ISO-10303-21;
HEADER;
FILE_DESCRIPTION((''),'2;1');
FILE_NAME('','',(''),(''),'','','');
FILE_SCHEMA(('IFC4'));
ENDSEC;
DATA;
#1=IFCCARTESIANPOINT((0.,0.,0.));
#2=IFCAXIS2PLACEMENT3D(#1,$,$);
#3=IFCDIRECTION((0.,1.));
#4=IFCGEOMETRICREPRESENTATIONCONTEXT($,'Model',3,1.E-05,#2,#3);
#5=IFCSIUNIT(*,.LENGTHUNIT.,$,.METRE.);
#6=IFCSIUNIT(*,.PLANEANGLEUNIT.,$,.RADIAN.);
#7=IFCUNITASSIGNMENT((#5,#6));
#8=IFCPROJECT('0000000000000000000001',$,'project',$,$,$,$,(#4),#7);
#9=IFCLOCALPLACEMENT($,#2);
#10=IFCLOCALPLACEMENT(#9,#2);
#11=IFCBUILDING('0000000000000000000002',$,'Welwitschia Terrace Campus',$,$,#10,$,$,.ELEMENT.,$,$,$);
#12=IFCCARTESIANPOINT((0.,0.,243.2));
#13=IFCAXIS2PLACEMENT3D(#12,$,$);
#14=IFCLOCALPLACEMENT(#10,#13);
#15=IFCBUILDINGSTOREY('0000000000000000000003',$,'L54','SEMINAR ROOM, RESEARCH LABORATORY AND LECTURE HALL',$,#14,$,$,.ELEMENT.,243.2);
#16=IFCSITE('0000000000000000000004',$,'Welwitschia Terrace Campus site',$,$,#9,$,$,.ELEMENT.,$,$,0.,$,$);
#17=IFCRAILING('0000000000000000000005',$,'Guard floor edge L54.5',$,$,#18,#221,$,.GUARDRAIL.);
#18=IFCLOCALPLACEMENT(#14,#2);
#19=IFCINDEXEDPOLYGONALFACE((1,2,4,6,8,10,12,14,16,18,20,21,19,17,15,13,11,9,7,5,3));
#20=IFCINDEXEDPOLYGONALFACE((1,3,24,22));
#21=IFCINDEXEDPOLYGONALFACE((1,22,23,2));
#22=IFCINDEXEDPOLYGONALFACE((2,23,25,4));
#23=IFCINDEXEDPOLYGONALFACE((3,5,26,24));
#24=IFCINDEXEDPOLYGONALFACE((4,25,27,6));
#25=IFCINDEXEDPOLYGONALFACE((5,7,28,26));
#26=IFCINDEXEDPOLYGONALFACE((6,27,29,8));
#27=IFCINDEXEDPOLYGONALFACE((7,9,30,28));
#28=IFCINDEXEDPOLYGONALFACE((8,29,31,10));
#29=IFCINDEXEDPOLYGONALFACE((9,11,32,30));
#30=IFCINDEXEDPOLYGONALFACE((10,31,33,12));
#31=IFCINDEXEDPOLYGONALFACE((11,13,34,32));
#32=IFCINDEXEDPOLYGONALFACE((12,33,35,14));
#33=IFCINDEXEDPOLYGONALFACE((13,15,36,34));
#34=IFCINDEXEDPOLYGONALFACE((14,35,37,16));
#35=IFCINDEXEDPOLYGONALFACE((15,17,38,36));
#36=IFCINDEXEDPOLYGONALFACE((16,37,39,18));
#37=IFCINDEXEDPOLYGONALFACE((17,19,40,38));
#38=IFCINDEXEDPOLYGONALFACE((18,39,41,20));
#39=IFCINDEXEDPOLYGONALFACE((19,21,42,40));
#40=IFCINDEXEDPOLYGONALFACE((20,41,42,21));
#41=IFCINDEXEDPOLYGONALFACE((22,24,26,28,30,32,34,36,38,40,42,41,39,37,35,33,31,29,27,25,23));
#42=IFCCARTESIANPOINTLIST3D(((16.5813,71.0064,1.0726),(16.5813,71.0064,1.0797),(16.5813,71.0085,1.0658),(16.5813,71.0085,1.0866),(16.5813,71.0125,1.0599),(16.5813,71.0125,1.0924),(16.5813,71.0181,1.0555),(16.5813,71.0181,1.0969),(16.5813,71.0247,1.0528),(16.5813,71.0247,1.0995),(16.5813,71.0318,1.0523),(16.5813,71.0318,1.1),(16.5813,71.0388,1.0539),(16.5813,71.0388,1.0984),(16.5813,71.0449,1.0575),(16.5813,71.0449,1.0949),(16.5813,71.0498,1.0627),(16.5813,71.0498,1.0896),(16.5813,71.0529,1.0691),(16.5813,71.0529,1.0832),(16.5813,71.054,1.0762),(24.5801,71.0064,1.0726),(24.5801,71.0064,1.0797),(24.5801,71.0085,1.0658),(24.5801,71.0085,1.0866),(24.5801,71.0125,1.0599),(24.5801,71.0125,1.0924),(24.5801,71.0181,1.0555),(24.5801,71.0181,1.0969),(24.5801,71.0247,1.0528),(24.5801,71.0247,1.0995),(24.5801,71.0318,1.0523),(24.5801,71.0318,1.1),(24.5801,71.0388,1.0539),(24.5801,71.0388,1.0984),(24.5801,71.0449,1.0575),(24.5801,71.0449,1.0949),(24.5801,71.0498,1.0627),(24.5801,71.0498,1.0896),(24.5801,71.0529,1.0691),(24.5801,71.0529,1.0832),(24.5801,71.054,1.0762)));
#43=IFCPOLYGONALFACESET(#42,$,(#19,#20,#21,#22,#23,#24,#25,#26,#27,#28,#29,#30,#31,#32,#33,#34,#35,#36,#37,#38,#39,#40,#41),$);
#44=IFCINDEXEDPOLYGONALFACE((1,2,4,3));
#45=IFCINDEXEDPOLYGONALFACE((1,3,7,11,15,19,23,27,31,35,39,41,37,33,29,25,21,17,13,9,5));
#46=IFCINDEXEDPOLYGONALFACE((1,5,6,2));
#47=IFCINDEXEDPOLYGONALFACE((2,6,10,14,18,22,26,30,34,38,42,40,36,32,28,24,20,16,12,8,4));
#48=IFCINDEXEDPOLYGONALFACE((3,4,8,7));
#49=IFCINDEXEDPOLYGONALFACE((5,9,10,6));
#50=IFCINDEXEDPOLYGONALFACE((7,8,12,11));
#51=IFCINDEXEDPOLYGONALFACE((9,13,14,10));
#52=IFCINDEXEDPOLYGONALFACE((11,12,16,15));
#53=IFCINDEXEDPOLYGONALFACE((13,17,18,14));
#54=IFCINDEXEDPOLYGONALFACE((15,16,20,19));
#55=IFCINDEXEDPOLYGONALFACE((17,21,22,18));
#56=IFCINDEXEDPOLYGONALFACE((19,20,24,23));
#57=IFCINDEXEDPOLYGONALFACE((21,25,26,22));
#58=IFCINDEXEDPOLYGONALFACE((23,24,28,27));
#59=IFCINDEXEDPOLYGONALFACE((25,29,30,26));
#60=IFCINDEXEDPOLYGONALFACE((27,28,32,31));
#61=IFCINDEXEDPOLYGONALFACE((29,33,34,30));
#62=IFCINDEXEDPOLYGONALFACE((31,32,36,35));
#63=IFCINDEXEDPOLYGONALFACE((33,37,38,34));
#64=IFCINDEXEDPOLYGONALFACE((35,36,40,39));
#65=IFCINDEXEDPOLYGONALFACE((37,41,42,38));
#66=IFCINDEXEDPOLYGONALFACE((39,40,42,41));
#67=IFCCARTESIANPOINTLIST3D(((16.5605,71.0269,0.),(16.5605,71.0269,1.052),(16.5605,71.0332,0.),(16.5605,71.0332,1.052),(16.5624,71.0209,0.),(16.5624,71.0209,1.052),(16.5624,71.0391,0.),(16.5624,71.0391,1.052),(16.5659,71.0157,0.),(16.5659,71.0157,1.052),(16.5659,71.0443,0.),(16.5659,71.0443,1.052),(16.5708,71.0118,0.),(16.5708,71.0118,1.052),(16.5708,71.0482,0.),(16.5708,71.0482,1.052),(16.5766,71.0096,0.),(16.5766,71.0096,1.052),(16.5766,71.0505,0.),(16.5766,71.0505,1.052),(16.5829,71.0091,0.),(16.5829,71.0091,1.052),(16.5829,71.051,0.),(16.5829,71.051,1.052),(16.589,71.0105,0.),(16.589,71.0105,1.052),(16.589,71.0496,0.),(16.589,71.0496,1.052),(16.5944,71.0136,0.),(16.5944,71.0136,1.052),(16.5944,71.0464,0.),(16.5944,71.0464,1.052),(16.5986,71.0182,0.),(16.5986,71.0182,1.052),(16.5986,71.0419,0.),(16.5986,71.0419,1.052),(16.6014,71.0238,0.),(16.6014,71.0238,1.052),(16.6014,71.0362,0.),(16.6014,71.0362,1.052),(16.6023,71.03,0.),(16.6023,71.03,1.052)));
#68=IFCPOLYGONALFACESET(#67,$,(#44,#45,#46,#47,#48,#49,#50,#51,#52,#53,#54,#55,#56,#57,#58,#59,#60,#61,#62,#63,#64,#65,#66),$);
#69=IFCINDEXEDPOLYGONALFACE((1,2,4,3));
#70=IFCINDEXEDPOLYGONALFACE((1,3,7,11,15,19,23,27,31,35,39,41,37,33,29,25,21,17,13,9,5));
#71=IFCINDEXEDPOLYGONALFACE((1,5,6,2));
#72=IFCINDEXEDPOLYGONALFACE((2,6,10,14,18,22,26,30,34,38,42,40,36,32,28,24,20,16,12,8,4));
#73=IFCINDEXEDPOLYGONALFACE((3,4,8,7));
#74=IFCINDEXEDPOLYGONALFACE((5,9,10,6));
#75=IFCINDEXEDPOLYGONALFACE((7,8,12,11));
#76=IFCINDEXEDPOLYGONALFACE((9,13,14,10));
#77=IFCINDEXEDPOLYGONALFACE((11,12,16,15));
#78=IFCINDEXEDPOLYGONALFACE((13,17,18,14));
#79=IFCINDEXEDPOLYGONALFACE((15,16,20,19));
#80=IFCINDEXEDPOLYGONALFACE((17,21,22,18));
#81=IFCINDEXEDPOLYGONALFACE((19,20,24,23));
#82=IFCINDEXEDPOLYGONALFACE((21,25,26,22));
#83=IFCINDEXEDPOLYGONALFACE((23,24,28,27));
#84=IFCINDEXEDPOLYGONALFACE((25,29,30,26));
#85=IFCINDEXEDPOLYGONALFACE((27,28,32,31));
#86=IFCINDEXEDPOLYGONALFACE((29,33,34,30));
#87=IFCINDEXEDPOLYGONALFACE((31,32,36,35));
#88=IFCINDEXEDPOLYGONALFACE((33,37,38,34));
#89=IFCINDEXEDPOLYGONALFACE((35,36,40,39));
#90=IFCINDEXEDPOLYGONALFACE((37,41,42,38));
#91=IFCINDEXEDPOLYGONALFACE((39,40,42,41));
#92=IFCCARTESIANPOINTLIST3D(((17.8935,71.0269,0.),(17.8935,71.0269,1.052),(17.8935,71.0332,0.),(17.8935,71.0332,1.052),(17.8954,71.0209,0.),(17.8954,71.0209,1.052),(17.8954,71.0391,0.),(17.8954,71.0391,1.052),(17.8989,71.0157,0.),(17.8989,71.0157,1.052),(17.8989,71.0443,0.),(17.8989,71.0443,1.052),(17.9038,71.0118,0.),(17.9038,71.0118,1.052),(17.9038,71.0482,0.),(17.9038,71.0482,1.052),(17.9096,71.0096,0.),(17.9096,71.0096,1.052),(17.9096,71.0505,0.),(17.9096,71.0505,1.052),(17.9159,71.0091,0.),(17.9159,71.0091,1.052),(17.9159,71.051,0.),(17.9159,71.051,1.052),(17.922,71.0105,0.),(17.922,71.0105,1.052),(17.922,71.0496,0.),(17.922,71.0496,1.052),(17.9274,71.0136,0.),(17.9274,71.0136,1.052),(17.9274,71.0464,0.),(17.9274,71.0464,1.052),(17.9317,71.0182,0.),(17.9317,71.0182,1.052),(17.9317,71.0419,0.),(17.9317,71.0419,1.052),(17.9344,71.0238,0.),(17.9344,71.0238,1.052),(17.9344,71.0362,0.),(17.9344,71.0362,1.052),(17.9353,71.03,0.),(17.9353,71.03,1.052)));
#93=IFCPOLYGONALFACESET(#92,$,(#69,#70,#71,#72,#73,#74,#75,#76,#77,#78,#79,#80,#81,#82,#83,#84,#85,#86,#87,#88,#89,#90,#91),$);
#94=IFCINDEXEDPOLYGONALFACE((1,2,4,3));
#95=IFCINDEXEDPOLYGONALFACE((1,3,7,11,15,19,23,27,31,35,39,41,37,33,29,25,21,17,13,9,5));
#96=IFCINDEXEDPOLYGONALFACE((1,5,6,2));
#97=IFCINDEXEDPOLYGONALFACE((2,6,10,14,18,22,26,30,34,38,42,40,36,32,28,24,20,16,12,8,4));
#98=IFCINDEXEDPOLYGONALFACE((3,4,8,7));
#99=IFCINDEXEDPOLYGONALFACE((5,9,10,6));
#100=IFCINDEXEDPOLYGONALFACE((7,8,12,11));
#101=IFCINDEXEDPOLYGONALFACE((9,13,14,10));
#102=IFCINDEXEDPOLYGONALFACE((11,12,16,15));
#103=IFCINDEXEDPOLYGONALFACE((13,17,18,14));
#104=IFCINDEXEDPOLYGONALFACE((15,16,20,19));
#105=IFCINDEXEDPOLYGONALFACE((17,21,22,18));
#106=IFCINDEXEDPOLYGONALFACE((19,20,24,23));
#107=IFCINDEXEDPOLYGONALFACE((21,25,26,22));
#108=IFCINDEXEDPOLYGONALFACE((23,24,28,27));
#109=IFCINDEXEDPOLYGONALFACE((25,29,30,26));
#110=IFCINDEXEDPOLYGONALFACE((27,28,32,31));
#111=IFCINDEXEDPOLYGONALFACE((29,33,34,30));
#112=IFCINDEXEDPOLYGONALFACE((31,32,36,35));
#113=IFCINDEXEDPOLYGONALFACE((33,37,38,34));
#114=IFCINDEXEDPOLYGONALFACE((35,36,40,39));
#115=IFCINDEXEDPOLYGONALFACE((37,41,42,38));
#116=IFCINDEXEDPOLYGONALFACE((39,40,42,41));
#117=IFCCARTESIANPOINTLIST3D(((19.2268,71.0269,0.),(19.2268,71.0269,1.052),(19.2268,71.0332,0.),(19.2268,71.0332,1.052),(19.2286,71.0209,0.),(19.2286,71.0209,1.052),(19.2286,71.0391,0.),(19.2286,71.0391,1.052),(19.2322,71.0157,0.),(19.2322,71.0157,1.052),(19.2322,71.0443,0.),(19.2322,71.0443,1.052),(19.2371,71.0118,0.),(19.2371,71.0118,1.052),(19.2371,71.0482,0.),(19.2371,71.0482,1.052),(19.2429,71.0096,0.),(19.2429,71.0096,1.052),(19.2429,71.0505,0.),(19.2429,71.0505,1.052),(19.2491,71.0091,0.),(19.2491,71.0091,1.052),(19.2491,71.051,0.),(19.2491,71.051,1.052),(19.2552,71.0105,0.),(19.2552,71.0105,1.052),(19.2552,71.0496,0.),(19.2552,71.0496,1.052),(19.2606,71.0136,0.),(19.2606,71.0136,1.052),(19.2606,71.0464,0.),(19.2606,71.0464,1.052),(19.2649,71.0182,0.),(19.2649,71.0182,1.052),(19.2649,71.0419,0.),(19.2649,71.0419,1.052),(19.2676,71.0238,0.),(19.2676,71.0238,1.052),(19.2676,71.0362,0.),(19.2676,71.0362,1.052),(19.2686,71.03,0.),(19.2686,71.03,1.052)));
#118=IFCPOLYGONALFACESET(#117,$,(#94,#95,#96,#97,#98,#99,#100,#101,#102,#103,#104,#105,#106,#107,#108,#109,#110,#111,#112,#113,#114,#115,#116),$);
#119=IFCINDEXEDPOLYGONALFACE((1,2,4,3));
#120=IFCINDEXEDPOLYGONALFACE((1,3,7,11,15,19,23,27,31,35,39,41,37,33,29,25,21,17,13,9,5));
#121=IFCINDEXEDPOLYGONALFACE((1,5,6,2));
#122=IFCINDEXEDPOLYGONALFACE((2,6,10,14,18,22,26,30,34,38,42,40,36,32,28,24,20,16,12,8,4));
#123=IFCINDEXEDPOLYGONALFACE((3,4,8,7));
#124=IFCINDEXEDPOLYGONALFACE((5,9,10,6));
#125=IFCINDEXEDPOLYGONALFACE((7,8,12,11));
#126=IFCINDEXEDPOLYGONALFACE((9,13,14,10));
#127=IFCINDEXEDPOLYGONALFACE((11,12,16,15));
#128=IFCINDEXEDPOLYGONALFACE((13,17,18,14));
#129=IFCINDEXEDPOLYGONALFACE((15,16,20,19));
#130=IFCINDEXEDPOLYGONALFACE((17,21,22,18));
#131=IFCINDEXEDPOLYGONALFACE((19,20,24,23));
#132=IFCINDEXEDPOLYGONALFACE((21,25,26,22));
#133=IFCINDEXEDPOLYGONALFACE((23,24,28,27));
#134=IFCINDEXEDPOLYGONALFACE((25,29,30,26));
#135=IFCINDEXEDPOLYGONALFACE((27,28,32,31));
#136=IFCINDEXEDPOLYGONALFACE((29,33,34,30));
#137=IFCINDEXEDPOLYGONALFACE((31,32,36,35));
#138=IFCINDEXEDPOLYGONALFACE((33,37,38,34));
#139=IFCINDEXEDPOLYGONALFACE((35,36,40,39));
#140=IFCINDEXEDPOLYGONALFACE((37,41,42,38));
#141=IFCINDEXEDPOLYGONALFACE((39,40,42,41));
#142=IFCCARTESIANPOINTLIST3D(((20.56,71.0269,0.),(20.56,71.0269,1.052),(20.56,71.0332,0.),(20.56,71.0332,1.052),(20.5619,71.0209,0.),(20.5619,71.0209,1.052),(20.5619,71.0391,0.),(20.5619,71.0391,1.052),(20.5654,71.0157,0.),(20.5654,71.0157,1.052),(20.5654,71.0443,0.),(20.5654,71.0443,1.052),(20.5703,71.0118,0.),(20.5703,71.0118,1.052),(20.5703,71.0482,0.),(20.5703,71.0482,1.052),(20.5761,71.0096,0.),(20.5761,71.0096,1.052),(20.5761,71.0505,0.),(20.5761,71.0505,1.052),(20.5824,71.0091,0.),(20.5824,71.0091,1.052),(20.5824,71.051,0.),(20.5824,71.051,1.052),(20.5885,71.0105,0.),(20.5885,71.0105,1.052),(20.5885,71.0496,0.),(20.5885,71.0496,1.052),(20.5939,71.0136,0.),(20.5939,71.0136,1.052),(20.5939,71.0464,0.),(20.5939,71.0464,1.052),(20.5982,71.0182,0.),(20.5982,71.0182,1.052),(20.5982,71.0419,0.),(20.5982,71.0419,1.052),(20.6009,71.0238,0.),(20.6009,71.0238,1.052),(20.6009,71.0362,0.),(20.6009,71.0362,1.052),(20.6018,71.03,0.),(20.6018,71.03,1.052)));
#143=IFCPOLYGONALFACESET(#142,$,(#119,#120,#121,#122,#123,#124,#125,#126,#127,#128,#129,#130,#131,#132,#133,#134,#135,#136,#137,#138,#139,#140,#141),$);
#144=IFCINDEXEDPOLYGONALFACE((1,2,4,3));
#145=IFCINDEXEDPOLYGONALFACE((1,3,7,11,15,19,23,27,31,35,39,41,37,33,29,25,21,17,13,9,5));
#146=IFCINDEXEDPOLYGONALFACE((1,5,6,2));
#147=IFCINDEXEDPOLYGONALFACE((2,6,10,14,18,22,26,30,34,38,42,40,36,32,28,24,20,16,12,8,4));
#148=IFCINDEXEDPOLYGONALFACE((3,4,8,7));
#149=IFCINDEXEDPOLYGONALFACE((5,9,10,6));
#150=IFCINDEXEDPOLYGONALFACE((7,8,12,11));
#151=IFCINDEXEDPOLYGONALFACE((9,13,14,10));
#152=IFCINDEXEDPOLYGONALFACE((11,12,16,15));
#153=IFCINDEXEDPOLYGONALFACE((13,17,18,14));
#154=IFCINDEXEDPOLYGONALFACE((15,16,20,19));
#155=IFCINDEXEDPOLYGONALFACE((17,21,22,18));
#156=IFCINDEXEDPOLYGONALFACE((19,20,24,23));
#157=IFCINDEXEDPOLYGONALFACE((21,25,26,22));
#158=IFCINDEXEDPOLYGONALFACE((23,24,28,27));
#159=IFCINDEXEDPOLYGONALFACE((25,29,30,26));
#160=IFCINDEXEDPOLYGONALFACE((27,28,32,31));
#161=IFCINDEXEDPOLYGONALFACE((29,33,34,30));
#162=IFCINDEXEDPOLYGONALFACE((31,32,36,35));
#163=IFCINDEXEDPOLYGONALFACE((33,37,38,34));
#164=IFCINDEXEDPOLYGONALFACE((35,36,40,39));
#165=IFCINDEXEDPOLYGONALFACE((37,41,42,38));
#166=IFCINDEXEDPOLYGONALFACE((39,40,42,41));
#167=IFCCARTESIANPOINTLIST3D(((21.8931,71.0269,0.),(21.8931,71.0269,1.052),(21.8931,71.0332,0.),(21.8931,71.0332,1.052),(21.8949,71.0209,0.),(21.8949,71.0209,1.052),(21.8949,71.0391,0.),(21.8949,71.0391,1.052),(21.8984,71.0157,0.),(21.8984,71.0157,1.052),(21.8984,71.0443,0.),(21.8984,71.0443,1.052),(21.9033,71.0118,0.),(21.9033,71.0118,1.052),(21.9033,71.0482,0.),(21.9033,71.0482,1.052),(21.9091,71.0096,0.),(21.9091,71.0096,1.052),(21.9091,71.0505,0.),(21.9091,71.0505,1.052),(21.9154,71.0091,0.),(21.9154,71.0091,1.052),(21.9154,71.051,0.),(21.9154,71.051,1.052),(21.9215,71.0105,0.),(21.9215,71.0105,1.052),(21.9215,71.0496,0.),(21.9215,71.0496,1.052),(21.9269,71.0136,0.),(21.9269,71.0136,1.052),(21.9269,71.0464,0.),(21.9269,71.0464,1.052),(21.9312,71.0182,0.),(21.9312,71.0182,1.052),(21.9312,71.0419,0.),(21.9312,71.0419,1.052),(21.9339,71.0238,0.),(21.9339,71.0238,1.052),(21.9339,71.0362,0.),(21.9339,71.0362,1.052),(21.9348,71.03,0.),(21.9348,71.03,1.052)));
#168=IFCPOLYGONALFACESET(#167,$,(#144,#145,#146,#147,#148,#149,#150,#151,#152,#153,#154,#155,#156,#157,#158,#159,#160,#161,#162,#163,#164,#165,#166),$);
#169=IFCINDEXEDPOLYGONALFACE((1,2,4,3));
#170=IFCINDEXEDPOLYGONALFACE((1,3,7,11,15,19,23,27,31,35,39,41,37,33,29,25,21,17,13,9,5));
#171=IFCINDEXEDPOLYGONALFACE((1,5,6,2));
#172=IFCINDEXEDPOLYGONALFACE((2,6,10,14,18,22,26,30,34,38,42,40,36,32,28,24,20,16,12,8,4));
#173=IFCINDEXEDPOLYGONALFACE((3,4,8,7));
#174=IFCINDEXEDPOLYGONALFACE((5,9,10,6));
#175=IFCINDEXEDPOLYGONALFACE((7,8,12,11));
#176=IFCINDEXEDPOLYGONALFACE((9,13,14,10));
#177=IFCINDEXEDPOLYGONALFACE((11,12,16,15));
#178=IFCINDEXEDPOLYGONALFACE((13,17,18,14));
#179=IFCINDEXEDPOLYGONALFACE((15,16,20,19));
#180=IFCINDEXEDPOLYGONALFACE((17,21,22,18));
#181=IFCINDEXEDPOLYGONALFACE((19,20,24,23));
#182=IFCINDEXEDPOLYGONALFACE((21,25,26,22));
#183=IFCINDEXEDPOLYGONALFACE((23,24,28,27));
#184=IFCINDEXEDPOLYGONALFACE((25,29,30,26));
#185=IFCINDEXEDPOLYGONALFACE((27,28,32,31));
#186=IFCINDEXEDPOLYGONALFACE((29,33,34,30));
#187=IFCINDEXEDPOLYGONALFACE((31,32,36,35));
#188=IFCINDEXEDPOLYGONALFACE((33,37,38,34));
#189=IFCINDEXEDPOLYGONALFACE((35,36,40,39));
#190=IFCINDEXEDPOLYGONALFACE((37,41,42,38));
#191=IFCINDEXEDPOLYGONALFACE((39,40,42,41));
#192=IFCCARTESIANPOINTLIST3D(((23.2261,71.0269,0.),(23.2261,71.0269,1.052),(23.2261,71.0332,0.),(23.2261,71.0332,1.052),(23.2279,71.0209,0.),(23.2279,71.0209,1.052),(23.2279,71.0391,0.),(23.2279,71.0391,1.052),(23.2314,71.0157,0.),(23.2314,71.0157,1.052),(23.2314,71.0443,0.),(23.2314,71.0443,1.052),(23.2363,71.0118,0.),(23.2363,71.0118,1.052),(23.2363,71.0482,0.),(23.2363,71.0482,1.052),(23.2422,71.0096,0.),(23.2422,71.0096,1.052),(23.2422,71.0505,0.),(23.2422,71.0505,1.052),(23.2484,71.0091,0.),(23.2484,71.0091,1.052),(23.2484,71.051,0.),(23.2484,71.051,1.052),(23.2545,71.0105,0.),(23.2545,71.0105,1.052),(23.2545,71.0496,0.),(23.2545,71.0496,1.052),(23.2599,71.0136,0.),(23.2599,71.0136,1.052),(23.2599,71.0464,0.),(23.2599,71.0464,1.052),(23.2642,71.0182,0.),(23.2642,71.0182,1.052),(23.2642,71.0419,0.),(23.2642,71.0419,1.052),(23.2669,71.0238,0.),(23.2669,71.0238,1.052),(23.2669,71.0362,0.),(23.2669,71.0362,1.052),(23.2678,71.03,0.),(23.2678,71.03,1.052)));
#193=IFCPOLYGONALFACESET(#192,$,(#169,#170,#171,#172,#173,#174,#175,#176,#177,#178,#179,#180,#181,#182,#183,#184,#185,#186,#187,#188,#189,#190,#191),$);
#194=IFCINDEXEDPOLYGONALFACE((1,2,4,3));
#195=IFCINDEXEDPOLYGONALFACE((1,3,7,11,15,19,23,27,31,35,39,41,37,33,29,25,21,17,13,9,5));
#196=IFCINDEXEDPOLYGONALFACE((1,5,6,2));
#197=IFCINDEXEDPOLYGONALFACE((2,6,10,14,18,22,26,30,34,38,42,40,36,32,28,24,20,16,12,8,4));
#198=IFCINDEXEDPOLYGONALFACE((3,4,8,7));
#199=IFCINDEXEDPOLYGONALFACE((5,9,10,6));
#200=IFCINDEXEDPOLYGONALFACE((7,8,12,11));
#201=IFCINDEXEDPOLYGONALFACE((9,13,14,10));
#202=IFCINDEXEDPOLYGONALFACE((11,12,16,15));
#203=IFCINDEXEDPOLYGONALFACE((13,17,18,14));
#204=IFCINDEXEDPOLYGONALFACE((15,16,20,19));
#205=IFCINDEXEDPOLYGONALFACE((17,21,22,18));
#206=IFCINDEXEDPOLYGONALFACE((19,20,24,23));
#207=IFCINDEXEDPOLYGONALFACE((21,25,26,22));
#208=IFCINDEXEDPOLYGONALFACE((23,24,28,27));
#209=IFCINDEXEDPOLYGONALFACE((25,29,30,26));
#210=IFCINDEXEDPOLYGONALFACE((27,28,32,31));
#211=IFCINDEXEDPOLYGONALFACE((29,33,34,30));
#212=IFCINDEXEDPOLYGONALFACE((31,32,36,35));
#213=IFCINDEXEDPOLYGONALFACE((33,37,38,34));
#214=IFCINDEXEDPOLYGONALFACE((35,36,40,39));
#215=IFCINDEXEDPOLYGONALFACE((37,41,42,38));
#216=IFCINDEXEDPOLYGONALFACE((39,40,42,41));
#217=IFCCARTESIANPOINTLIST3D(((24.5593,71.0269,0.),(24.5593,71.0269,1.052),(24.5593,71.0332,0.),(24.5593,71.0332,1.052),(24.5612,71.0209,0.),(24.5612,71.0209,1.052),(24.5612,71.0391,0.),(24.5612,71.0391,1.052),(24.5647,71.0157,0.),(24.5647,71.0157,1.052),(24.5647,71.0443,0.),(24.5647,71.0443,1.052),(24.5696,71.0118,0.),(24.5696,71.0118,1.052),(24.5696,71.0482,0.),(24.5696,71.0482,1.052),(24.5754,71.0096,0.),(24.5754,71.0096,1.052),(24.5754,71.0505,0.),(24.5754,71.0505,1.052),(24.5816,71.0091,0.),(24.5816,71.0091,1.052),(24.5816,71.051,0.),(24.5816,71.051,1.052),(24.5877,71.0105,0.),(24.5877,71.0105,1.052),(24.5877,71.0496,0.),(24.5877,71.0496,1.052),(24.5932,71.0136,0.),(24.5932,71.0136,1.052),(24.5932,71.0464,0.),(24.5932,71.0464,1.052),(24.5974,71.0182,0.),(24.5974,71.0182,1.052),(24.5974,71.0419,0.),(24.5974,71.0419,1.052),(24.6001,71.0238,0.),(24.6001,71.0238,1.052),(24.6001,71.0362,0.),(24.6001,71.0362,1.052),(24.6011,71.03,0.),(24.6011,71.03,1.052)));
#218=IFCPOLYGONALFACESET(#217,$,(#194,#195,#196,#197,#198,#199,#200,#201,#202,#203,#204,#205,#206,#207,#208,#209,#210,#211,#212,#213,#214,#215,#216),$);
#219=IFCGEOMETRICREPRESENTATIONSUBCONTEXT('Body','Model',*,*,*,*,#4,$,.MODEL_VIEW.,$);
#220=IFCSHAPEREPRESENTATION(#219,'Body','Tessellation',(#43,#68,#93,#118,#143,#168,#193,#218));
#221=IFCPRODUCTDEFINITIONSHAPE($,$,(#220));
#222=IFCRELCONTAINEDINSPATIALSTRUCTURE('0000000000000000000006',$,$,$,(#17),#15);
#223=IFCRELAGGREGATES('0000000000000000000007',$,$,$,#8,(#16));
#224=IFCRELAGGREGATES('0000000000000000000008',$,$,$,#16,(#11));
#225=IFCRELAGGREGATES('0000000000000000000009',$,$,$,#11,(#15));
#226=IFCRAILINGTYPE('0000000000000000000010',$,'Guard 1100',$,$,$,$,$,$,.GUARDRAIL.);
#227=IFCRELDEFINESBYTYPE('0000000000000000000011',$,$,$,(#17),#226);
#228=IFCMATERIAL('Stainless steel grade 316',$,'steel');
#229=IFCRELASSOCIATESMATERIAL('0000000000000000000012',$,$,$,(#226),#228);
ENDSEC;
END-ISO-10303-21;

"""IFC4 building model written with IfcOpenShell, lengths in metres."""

from ifc_helpers import new_model, si_unit, direction, frame, origin, origin_2d, place, context, subcontext, project, spatial, circle, extrude, material, type_object, element, save


model = new_model("IFC4")

# Units and contexts
model_context = context("Model", 3, precision=1e-05, world=origin(), true_north=direction((0.0, 1.0)))
body_context = subcontext(model_context, "Body", "Model", "MODEL_VIEW")
ifc_project = project(units=[si_unit("LENGTHUNIT", "METRE"), si_unit("PLANEANGLEUNIT", "RADIAN")], contexts=[model_context])

# Site, building, storey
site_placement = place(None, origin())
site = spatial("IfcSite", under=ifc_project, at=site_placement, Name="Welwitschia Terrace Campus site", CompositionType="ELEMENT", RefElevation=0.0)
building_placement = place(site_placement, origin())
building = spatial("IfcBuilding", under=site, at=building_placement, Name="Welwitschia Terrace Campus", CompositionType="ELEMENT")
storey_placement = place(building_placement, frame((0.0, 0.0, 243.2)))
storey = spatial("IfcBuildingStorey", under=building, at=storey_placement, Name="L54", Description="SEMINAR ROOM, RESEARCH LABORATORY AND LECTURE HALL", CompositionType="ELEMENT", Elevation=243.2)

# Railing
ifc_material_1 = material(Name="Stainless steel grade 316", Category="steel")
railing_type = type_object("IfcRailingType", Name="Guard 1100", PredefinedType="GUARDRAIL", material=ifc_material_1)
railing_1_placement = place(storey_placement, frame((16.5813, 71.03, 0.0)))
element("IfcRailing", 1, at=railing_1_placement, inside=storey, type_object=railing_type, Name="Guard floor edge L54.5", PredefinedType="GUARDRAIL", context=body_context, shape_type="SweptSolid", body=[
    extrude(circle(Radius=0.0239, at=origin_2d()), frame((0.0, 0.0, 1.0762), z_axis=(1.0, 0.0, 0.0), x_axis=(0.0, 1.0, 0.0)), (0.0, 0.0, 1.0), 7.9988),
    extrude(circle(Radius=0.021, at=origin_2d()), origin(), (0.0, 0.0, 1.0), 1.052),
    extrude(circle(Radius=0.021, at=origin_2d()), frame((1.333, 0.0, 0.0)), (0.0, 0.0, 1.0), 1.052),
    extrude(circle(Radius=0.021, at=origin_2d()), frame((2.6663, 0.0, 0.0)), (0.0, 0.0, 1.0), 1.052),
    extrude(circle(Radius=0.021, at=origin_2d()), frame((3.9995, 0.0, 0.0)), (0.0, 0.0, 1.0), 1.052),
    extrude(circle(Radius=0.021, at=origin_2d()), frame((5.3325, 0.0, 0.0)), (0.0, 0.0, 1.0), 1.052),
    extrude(circle(Radius=0.021, at=origin_2d()), frame((6.6655, 0.0, 0.0)), (0.0, 0.0, 1.0), 1.052),
    extrude(circle(Radius=0.021, at=origin_2d()), frame((7.9988, 0.0, 0.0)), (0.0, 0.0, 1.0), 1.052),
])

save(model, "model.ifc")
